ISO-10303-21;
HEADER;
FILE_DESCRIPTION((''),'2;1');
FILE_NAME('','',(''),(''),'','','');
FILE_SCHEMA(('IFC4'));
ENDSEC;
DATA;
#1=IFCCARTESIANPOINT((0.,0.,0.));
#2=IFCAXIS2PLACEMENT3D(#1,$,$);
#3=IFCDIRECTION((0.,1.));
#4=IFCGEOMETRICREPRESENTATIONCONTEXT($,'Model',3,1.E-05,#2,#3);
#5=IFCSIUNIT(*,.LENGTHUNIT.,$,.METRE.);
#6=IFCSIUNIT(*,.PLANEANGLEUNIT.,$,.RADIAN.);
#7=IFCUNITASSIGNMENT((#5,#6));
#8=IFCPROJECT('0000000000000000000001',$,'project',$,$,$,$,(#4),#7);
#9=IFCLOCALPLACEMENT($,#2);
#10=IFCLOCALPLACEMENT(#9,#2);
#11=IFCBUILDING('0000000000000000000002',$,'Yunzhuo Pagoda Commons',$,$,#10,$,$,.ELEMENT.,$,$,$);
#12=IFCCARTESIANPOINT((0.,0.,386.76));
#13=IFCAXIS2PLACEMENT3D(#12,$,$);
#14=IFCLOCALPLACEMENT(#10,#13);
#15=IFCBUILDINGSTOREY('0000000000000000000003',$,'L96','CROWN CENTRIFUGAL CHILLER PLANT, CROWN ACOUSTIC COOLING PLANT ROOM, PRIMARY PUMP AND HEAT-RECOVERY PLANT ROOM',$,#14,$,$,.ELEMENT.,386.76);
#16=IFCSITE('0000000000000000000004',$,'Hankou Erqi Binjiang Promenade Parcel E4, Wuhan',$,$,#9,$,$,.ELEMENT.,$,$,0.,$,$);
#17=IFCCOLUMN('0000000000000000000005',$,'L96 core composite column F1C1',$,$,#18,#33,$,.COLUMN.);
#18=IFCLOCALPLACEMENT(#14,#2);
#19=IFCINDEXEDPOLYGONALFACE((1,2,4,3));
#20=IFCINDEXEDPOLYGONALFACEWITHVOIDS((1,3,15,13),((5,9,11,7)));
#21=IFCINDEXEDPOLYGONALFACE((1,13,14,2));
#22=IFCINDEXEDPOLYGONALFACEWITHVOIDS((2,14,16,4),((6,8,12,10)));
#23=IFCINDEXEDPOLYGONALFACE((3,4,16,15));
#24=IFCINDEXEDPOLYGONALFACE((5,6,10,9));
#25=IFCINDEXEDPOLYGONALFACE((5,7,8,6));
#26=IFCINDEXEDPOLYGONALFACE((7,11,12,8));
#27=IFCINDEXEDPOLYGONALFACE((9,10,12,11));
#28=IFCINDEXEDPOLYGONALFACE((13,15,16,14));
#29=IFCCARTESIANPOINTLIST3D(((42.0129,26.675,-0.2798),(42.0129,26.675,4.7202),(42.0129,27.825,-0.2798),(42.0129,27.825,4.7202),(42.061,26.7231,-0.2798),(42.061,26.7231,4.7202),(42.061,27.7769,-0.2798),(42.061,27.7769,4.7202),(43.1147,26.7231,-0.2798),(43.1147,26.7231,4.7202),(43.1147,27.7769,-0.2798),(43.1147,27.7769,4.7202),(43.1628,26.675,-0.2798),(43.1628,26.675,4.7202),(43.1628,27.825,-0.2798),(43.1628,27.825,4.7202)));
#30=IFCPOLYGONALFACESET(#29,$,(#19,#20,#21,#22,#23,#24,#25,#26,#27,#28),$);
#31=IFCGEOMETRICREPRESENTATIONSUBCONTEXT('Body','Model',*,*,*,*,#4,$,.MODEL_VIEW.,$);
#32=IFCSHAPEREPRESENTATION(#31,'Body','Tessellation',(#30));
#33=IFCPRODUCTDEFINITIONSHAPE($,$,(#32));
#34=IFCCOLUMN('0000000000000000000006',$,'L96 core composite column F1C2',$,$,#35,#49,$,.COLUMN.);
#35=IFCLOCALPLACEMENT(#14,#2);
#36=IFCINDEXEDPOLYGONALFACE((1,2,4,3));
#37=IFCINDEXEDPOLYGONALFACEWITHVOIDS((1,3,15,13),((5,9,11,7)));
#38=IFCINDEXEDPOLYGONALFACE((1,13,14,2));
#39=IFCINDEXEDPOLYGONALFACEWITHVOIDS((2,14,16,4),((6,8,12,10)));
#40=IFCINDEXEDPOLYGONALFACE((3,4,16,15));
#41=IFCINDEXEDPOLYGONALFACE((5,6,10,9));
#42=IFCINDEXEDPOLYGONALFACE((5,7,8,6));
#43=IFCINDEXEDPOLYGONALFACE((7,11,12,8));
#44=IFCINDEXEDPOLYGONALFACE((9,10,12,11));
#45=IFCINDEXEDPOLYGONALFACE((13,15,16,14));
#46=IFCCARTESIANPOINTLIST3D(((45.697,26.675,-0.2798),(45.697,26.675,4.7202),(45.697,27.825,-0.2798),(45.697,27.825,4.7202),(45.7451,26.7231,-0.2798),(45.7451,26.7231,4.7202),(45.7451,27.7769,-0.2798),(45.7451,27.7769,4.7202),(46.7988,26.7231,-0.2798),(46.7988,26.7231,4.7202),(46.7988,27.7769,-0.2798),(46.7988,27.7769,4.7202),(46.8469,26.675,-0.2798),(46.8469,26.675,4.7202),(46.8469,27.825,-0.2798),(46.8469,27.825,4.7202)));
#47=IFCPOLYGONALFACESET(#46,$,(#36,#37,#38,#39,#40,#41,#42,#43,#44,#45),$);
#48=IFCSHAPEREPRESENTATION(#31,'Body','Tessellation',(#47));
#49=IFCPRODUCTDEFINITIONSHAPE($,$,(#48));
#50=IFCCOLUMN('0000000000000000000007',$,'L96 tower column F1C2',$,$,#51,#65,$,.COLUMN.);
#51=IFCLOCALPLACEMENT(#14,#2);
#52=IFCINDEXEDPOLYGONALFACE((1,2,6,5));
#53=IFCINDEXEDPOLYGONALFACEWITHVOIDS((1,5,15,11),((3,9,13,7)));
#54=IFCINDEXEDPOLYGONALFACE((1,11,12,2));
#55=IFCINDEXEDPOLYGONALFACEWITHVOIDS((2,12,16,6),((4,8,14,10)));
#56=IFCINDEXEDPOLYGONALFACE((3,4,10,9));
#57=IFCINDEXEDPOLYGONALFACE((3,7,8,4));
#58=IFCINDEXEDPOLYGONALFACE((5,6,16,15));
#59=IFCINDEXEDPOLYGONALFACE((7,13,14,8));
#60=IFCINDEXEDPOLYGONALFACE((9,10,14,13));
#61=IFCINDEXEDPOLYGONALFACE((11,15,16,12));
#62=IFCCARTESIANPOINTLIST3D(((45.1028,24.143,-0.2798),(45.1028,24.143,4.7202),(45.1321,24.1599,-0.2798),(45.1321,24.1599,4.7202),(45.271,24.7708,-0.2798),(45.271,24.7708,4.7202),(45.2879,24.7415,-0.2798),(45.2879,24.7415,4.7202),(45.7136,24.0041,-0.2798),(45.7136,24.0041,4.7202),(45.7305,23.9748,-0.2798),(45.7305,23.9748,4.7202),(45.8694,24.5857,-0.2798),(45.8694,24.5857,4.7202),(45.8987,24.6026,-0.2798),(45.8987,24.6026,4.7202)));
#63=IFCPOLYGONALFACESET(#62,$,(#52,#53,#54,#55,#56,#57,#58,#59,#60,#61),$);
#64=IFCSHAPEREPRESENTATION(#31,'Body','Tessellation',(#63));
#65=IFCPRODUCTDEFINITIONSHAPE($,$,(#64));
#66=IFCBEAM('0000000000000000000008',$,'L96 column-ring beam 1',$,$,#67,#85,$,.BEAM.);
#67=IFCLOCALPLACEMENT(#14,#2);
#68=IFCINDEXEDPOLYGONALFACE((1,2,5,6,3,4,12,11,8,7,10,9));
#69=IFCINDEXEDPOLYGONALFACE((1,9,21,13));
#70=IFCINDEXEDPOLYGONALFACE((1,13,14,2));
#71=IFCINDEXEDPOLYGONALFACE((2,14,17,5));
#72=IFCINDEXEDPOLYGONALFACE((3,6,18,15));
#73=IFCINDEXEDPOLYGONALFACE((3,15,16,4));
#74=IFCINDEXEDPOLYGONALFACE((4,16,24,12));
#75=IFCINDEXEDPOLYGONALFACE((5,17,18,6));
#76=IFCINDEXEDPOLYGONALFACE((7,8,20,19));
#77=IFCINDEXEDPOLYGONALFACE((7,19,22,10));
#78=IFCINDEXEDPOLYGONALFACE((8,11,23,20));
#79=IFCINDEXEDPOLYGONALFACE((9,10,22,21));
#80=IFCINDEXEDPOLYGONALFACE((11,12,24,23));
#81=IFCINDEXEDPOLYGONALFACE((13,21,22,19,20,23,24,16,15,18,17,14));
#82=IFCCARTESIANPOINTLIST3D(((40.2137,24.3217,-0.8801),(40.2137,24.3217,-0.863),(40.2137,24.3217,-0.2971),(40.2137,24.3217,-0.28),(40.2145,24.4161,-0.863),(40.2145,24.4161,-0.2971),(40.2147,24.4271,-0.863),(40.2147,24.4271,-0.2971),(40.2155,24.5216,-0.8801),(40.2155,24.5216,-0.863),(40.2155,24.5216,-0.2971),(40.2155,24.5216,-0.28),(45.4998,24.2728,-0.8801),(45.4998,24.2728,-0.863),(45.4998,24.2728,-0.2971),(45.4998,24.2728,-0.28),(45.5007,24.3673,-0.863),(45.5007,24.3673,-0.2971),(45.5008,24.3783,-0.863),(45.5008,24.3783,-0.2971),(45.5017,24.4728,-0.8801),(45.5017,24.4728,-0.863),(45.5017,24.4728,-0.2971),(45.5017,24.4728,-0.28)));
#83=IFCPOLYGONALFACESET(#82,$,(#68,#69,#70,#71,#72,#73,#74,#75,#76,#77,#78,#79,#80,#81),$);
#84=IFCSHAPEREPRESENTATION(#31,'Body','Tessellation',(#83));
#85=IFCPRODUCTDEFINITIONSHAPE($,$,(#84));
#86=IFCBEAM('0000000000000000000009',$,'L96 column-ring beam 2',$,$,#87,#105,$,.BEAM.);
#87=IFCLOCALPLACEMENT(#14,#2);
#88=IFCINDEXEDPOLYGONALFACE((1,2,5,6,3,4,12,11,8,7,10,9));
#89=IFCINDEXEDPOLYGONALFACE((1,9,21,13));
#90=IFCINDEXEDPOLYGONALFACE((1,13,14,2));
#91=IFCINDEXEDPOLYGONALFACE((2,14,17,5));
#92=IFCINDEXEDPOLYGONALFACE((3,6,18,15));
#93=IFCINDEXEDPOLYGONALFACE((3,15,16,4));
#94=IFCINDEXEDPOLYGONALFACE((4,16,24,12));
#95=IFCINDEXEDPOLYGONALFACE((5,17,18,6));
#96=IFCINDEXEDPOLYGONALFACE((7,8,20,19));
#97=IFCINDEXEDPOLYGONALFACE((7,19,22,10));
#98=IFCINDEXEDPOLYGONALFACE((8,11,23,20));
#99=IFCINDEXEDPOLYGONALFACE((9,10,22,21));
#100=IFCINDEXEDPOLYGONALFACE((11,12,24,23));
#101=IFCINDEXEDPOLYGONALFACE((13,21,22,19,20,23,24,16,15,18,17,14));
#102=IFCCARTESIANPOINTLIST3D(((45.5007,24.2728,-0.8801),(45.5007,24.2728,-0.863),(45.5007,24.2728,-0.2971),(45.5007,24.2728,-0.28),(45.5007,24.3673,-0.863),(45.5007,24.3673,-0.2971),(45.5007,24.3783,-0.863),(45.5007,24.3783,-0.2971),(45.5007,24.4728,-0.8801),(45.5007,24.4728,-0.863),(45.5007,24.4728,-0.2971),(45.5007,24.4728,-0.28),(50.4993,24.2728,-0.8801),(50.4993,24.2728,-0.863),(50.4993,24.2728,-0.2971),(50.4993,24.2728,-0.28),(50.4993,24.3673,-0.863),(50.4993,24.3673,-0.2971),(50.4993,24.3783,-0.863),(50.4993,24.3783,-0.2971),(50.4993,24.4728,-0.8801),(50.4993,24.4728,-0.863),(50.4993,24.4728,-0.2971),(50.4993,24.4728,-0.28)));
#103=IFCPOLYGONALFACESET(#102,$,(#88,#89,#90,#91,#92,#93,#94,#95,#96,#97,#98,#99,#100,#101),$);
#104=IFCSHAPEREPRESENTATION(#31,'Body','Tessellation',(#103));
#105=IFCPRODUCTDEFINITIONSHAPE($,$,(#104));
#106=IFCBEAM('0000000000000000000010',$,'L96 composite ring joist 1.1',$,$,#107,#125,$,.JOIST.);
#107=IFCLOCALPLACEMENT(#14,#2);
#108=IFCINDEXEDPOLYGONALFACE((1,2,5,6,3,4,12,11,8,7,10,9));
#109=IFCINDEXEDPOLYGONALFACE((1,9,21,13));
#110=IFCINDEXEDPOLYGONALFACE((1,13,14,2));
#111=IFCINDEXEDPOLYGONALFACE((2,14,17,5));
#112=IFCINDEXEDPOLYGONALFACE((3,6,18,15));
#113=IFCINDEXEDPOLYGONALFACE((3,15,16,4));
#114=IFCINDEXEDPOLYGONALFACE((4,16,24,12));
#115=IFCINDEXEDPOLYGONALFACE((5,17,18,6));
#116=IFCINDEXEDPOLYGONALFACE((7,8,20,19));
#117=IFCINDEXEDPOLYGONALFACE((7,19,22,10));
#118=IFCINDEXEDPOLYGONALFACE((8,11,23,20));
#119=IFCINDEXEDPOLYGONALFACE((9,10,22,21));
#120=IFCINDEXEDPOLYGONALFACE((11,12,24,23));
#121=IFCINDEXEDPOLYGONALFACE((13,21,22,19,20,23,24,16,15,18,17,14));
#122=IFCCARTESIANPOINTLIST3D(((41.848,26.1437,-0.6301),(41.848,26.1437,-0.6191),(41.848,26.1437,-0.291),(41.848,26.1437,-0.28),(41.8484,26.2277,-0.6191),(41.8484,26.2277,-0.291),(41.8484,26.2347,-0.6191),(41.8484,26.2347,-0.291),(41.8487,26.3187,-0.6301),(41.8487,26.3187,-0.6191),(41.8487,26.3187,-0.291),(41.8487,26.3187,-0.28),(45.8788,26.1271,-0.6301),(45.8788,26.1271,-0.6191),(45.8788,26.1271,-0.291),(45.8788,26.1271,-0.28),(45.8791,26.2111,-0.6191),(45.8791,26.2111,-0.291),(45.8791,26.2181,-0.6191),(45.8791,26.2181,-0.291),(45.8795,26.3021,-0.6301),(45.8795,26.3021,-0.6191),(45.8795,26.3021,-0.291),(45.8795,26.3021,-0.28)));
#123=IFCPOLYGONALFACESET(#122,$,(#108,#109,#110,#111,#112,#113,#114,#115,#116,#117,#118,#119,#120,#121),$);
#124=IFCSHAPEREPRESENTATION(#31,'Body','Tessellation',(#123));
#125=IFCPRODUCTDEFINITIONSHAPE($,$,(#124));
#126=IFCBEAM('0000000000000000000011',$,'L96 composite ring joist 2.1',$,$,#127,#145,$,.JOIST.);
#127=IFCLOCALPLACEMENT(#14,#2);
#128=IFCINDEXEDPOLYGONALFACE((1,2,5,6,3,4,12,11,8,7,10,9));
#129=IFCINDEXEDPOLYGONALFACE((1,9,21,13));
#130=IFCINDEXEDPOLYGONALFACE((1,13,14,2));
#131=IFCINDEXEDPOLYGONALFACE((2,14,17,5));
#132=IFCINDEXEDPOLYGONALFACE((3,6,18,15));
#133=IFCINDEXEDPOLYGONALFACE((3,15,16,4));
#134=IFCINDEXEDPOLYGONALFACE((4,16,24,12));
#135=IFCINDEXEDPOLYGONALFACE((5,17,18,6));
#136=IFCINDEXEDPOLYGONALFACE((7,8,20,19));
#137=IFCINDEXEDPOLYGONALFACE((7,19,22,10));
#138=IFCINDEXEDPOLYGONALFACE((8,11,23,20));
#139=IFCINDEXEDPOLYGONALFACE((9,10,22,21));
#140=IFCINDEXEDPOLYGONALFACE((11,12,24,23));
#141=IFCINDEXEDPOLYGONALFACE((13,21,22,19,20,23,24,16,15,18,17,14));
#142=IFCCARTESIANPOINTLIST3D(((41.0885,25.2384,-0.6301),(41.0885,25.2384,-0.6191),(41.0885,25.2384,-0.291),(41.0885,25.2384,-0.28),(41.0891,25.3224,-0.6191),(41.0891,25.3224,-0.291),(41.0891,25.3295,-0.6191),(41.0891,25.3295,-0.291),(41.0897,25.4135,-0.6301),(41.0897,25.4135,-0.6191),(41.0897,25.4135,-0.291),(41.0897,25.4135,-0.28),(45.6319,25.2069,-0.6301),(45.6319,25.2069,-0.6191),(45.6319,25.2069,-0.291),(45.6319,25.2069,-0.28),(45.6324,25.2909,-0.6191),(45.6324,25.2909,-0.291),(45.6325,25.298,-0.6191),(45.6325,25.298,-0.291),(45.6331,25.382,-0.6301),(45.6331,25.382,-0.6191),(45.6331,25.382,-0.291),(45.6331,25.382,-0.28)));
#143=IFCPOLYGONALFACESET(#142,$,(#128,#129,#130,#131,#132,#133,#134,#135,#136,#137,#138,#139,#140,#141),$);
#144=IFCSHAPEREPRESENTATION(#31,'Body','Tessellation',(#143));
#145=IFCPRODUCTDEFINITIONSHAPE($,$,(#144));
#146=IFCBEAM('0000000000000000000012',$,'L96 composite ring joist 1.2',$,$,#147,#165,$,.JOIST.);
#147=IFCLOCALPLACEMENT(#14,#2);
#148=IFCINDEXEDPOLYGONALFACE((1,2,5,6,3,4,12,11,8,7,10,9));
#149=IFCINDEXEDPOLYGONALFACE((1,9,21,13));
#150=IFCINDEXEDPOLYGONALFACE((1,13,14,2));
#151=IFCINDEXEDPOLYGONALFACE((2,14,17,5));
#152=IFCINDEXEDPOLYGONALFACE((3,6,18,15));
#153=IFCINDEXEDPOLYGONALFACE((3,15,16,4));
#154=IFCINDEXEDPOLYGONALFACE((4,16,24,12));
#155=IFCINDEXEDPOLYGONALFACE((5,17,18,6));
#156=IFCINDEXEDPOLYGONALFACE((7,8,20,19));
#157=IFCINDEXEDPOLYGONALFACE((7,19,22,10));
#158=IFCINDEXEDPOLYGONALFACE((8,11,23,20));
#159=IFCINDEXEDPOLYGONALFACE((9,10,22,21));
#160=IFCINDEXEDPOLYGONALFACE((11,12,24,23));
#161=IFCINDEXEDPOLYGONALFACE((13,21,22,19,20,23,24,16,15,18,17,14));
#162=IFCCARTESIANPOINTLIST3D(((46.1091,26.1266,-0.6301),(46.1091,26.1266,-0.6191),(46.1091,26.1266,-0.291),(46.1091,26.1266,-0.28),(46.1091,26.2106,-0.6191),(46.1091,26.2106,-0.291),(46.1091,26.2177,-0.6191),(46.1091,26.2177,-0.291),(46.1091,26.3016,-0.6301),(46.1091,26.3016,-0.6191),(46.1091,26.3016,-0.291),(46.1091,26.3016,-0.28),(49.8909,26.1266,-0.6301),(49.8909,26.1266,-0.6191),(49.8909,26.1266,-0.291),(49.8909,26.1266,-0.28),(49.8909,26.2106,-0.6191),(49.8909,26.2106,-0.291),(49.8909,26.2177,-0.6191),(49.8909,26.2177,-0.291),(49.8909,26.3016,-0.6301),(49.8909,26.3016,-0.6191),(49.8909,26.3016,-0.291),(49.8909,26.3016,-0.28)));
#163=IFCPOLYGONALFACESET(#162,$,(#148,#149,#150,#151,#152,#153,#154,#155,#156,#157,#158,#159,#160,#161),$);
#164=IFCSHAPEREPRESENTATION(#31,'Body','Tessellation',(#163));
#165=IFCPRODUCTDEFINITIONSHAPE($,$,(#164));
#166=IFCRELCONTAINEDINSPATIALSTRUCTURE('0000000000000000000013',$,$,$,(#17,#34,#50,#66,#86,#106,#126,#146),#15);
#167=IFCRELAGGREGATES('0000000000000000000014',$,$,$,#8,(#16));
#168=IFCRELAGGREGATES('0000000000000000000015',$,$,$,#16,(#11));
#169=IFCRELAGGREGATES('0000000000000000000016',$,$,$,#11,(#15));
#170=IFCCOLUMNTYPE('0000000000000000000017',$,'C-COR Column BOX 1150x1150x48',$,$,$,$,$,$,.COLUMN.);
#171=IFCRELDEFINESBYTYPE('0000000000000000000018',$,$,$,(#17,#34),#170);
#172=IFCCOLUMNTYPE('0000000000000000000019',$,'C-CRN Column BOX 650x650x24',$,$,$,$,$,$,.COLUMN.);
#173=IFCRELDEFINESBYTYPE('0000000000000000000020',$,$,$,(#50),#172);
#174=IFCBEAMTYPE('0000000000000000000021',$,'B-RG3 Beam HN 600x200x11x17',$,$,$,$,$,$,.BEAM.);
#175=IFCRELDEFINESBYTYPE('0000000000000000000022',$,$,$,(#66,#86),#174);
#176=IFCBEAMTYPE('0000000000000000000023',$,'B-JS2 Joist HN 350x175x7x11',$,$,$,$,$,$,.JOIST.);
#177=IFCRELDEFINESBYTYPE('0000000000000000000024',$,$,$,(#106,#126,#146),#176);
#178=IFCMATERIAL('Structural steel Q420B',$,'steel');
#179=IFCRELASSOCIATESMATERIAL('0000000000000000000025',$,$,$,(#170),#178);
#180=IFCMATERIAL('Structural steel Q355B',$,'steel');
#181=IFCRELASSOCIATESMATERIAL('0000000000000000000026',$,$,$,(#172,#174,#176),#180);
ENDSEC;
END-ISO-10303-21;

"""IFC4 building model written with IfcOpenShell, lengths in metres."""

from ifc_helpers import new_model, si_unit, direction, frame, origin, origin_2d, place, context, subcontext, project, spatial, hollow_rectangle, i_section, extrude, source, transform, mapped, material, material_profile, profile_set, type_object, element, save


model = new_model("IFC4")

# Units and contexts
model_context = context("Model", 3, precision=1e-05, world=origin(), true_north=direction((0.0, 1.0)))
body_context = subcontext(model_context, "Body", "Model", "MODEL_VIEW")
ifc_project = project(units=[si_unit("LENGTHUNIT", "METRE"), si_unit("PLANEANGLEUNIT", "RADIAN")], contexts=[model_context])

# Site, building, storey
site_placement = place(None, origin())
site = spatial("IfcSite", under=ifc_project, at=site_placement, Name="Hankou Erqi Binjiang Promenade Parcel E4, Wuhan", CompositionType="ELEMENT", RefElevation=0.0)
building_placement = place(site_placement, origin())
building = spatial("IfcBuilding", under=site, at=building_placement, Name="Yunzhuo Pagoda Commons", CompositionType="ELEMENT")
storey_placement = place(building_placement, frame((0.0, 0.0, 386.76)))
storey = spatial("IfcBuildingStorey", under=building, at=storey_placement, Name="L96", Description="CROWN CENTRIFUGAL CHILLER PLANT, CROWN ACOUSTIC COOLING PLANT ROOM, PRIMARY PUMP AND HEAT-RECOVERY PLANT ROOM", CompositionType="ELEMENT", Elevation=386.76)

# Columns
ifc_material_1 = material(Name="Structural steel Q420B", Category="steel")
ifc_material_profile_1 = material_profile(ifc_material_1, hollow_rectangle(XDim=1.1499, YDim=1.1499, WallThickness=0.0481, at=origin_2d()), Name="Structural steel Q420B")
ifc_profile_set_1 = profile_set([ifc_material_profile_1], Name="Structural steel Q420B")
column_type_1 = type_object("IfcColumnType", Name="C-COR Column BOX 1150x1150x48", PredefinedType="COLUMN", material=ifc_profile_set_1)
shared_shape_1 = source(origin(), body_context, "Body", "SweptSolid", [
    extrude(hollow_rectangle(XDim=1.1499, YDim=1.1499, WallThickness=0.0481, at=origin_2d()), origin(), (0.0, 0.0, 1.0), 5.0),
])
for number, where, z_axis, x_axis, name in (
    (1, (42.5879, 27.25, -0.2798), (0.0, 0.0, 1.0), (1.0, 0.0, 0.0), "L96 core composite column F1C1"),
    (2, (46.272, 27.25, -0.2798), (0.0, 0.0, 1.0), (1.0, 0.0, 0.0), "L96 core composite column F1C2"),
):
    element("IfcColumn", number, at=place(storey_placement, frame(where, z_axis=z_axis, x_axis=x_axis)), inside=storey, type_object=column_type_1, Name=name, PredefinedType="COLUMN", context=body_context, shape_type="MappedRepresentation", body=[
        mapped(shared_shape_1, transform((0.0, 0.0, 0.0), scale=1.0)),
    ])
ifc_material_2 = material(Name="Structural steel Q355B", Category="steel")
ifc_material_profile_2 = material_profile(ifc_material_2, hollow_rectangle(XDim=0.6499, YDim=0.6499, WallThickness=0.0239, at=origin_2d()), Name="Structural steel Q355B")
ifc_profile_set_2 = profile_set([ifc_material_profile_2], Name="Structural steel Q355B")
column_type_2 = type_object("IfcColumnType", Name="C-CRN Column BOX 650x650x24", PredefinedType="COLUMN", material=ifc_profile_set_2)
shared_shape_2 = source(origin(), body_context, "Body", "SweptSolid", [
    extrude(hollow_rectangle(XDim=0.6499, YDim=0.6499, WallThickness=0.0239, at=origin_2d()), origin(), (0.0, 0.0, 1.0), 5.0),
])
column_placement = place(storey_placement, frame((45.5007, 24.3728, -0.2798), z_axis=(0.0, 0.0, 1.0), x_axis=(0.965926, -0.258819, 0.0)))
element("IfcColumn", 3, at=column_placement, inside=storey, type_object=column_type_2, Name="L96 tower column F1C2", PredefinedType="COLUMN", context=body_context, shape_type="MappedRepresentation", body=[
    mapped(shared_shape_2, transform((0.0, 0.0, 0.0), scale=1.0)),
])

# Beams
ifc_material_profile_3 = material_profile(ifc_material_2, i_section(OverallWidth=0.2, OverallDepth=0.6001, WebThickness=0.011, FlangeThickness=0.0171, at=origin_2d()), Name="Structural steel Q355B")
ifc_profile_set_3 = profile_set([ifc_material_profile_3], Name="Structural steel Q355B")
beam_type_1 = type_object("IfcBeamType", Name="B-RG3 Beam HN 600x200x11x17", PredefinedType="BEAM", material=ifc_profile_set_3)
shared_shape_3 = source(origin(), body_context, "Body", "SweptSolid", [
    extrude(i_section(OverallWidth=0.2, OverallDepth=0.6001, WebThickness=0.011, FlangeThickness=0.0171, at=origin_2d()), origin(), (0.0, 0.0, 1.0), 5.2864),
])
beam_1_placement = place(storey_placement, frame((40.2146, 24.4216, -0.5801), z_axis=(0.999957, -0.009237, 0.0), x_axis=(0.009237, 0.999957, 0.0)))
element("IfcBeam", 4, at=beam_1_placement, inside=storey, type_object=beam_type_1, Name="L96 column-ring beam 1", PredefinedType="BEAM", context=body_context, shape_type="MappedRepresentation", body=[
    mapped(shared_shape_3, transform((0.0, 0.0, 0.0), scale=1.0)),
])
shared_shape_4 = source(origin(), body_context, "Body", "SweptSolid", [
    extrude(i_section(OverallWidth=0.2, OverallDepth=0.6001, WebThickness=0.011, FlangeThickness=0.0171, at=origin_2d()), origin(), (0.0, 0.0, 1.0), 4.9985),
])
beam_2_placement = place(storey_placement, frame((45.5007, 24.3728, -0.5801), z_axis=(1.0, 0.0, 0.0), x_axis=(0.0, 1.0, 0.0)))
element("IfcBeam", 5, at=beam_2_placement, inside=storey, type_object=beam_type_1, Name="L96 column-ring beam 2", PredefinedType="BEAM", context=body_context, shape_type="MappedRepresentation", body=[
    mapped(shared_shape_4, transform((0.0, 0.0, 0.0), scale=1.0)),
])
ifc_material_profile_4 = material_profile(ifc_material_2, i_section(OverallWidth=0.175, OverallDepth=0.3501, WebThickness=0.0071, FlangeThickness=0.011, at=origin_2d()), Name="Structural steel Q355B")
ifc_profile_set_4 = profile_set([ifc_material_profile_4], Name="Structural steel Q355B")
beam_type_2 = type_object("IfcBeamType", Name="B-JS2 Joist HN 350x175x7x11", PredefinedType="JOIST", material=ifc_profile_set_4)
shared_shape_5 = source(origin(), body_context, "Body", "SweptSolid", [
    extrude(i_section(OverallWidth=0.175, OverallDepth=0.3501, WebThickness=0.0071, FlangeThickness=0.011, at=origin_2d()), origin(), (0.0, 0.0, 1.0), 4.0308),
])
beam_3_placement = place(storey_placement, frame((41.8484, 26.2312, -0.4551), z_axis=(0.999992, -0.004119, 0.0), x_axis=(0.004119, 0.999992, 0.0)))
element("IfcBeam", 6, at=beam_3_placement, inside=storey, type_object=beam_type_2, Name="L96 composite ring joist 1.1", PredefinedType="JOIST", context=body_context, shape_type="MappedRepresentation", body=[
    mapped(shared_shape_5, transform((0.0, 0.0, 0.0), scale=1.0)),
])
shared_shape_6 = source(origin(), body_context, "Body", "SweptSolid", [
    extrude(i_section(OverallWidth=0.175, OverallDepth=0.3501, WebThickness=0.0071, FlangeThickness=0.011, at=origin_2d()), origin(), (0.0, 0.0, 1.0), 4.5435),
])
beam_4_placement = place(storey_placement, frame((41.0891, 25.3259, -0.4551), z_axis=(0.999976, -0.006932, 0.0), x_axis=(0.006932, 0.999976, 0.0)))
element("IfcBeam", 7, at=beam_4_placement, inside=storey, type_object=beam_type_2, Name="L96 composite ring joist 2.1", PredefinedType="JOIST", context=body_context, shape_type="MappedRepresentation", body=[
    mapped(shared_shape_6, transform((0.0, 0.0, 0.0), scale=1.0)),
])
shared_shape_7 = source(origin(), body_context, "Body", "SweptSolid", [
    extrude(i_section(OverallWidth=0.175, OverallDepth=0.3501, WebThickness=0.0071, FlangeThickness=0.011, at=origin_2d()), origin(), (0.0, 0.0, 1.0), 3.7817),
])
beam_5_placement = place(storey_placement, frame((46.1091, 26.2141, -0.4551), z_axis=(1.0, 0.0, 0.0), x_axis=(0.0, 1.0, 0.0)))
element("IfcBeam", 8, at=beam_5_placement, inside=storey, type_object=beam_type_2, Name="L96 composite ring joist 1.2", PredefinedType="JOIST", context=body_context, shape_type="MappedRepresentation", body=[
    mapped(shared_shape_7, transform((0.0, 0.0, 0.0), scale=1.0)),
])

save(model, "model.ifc")
